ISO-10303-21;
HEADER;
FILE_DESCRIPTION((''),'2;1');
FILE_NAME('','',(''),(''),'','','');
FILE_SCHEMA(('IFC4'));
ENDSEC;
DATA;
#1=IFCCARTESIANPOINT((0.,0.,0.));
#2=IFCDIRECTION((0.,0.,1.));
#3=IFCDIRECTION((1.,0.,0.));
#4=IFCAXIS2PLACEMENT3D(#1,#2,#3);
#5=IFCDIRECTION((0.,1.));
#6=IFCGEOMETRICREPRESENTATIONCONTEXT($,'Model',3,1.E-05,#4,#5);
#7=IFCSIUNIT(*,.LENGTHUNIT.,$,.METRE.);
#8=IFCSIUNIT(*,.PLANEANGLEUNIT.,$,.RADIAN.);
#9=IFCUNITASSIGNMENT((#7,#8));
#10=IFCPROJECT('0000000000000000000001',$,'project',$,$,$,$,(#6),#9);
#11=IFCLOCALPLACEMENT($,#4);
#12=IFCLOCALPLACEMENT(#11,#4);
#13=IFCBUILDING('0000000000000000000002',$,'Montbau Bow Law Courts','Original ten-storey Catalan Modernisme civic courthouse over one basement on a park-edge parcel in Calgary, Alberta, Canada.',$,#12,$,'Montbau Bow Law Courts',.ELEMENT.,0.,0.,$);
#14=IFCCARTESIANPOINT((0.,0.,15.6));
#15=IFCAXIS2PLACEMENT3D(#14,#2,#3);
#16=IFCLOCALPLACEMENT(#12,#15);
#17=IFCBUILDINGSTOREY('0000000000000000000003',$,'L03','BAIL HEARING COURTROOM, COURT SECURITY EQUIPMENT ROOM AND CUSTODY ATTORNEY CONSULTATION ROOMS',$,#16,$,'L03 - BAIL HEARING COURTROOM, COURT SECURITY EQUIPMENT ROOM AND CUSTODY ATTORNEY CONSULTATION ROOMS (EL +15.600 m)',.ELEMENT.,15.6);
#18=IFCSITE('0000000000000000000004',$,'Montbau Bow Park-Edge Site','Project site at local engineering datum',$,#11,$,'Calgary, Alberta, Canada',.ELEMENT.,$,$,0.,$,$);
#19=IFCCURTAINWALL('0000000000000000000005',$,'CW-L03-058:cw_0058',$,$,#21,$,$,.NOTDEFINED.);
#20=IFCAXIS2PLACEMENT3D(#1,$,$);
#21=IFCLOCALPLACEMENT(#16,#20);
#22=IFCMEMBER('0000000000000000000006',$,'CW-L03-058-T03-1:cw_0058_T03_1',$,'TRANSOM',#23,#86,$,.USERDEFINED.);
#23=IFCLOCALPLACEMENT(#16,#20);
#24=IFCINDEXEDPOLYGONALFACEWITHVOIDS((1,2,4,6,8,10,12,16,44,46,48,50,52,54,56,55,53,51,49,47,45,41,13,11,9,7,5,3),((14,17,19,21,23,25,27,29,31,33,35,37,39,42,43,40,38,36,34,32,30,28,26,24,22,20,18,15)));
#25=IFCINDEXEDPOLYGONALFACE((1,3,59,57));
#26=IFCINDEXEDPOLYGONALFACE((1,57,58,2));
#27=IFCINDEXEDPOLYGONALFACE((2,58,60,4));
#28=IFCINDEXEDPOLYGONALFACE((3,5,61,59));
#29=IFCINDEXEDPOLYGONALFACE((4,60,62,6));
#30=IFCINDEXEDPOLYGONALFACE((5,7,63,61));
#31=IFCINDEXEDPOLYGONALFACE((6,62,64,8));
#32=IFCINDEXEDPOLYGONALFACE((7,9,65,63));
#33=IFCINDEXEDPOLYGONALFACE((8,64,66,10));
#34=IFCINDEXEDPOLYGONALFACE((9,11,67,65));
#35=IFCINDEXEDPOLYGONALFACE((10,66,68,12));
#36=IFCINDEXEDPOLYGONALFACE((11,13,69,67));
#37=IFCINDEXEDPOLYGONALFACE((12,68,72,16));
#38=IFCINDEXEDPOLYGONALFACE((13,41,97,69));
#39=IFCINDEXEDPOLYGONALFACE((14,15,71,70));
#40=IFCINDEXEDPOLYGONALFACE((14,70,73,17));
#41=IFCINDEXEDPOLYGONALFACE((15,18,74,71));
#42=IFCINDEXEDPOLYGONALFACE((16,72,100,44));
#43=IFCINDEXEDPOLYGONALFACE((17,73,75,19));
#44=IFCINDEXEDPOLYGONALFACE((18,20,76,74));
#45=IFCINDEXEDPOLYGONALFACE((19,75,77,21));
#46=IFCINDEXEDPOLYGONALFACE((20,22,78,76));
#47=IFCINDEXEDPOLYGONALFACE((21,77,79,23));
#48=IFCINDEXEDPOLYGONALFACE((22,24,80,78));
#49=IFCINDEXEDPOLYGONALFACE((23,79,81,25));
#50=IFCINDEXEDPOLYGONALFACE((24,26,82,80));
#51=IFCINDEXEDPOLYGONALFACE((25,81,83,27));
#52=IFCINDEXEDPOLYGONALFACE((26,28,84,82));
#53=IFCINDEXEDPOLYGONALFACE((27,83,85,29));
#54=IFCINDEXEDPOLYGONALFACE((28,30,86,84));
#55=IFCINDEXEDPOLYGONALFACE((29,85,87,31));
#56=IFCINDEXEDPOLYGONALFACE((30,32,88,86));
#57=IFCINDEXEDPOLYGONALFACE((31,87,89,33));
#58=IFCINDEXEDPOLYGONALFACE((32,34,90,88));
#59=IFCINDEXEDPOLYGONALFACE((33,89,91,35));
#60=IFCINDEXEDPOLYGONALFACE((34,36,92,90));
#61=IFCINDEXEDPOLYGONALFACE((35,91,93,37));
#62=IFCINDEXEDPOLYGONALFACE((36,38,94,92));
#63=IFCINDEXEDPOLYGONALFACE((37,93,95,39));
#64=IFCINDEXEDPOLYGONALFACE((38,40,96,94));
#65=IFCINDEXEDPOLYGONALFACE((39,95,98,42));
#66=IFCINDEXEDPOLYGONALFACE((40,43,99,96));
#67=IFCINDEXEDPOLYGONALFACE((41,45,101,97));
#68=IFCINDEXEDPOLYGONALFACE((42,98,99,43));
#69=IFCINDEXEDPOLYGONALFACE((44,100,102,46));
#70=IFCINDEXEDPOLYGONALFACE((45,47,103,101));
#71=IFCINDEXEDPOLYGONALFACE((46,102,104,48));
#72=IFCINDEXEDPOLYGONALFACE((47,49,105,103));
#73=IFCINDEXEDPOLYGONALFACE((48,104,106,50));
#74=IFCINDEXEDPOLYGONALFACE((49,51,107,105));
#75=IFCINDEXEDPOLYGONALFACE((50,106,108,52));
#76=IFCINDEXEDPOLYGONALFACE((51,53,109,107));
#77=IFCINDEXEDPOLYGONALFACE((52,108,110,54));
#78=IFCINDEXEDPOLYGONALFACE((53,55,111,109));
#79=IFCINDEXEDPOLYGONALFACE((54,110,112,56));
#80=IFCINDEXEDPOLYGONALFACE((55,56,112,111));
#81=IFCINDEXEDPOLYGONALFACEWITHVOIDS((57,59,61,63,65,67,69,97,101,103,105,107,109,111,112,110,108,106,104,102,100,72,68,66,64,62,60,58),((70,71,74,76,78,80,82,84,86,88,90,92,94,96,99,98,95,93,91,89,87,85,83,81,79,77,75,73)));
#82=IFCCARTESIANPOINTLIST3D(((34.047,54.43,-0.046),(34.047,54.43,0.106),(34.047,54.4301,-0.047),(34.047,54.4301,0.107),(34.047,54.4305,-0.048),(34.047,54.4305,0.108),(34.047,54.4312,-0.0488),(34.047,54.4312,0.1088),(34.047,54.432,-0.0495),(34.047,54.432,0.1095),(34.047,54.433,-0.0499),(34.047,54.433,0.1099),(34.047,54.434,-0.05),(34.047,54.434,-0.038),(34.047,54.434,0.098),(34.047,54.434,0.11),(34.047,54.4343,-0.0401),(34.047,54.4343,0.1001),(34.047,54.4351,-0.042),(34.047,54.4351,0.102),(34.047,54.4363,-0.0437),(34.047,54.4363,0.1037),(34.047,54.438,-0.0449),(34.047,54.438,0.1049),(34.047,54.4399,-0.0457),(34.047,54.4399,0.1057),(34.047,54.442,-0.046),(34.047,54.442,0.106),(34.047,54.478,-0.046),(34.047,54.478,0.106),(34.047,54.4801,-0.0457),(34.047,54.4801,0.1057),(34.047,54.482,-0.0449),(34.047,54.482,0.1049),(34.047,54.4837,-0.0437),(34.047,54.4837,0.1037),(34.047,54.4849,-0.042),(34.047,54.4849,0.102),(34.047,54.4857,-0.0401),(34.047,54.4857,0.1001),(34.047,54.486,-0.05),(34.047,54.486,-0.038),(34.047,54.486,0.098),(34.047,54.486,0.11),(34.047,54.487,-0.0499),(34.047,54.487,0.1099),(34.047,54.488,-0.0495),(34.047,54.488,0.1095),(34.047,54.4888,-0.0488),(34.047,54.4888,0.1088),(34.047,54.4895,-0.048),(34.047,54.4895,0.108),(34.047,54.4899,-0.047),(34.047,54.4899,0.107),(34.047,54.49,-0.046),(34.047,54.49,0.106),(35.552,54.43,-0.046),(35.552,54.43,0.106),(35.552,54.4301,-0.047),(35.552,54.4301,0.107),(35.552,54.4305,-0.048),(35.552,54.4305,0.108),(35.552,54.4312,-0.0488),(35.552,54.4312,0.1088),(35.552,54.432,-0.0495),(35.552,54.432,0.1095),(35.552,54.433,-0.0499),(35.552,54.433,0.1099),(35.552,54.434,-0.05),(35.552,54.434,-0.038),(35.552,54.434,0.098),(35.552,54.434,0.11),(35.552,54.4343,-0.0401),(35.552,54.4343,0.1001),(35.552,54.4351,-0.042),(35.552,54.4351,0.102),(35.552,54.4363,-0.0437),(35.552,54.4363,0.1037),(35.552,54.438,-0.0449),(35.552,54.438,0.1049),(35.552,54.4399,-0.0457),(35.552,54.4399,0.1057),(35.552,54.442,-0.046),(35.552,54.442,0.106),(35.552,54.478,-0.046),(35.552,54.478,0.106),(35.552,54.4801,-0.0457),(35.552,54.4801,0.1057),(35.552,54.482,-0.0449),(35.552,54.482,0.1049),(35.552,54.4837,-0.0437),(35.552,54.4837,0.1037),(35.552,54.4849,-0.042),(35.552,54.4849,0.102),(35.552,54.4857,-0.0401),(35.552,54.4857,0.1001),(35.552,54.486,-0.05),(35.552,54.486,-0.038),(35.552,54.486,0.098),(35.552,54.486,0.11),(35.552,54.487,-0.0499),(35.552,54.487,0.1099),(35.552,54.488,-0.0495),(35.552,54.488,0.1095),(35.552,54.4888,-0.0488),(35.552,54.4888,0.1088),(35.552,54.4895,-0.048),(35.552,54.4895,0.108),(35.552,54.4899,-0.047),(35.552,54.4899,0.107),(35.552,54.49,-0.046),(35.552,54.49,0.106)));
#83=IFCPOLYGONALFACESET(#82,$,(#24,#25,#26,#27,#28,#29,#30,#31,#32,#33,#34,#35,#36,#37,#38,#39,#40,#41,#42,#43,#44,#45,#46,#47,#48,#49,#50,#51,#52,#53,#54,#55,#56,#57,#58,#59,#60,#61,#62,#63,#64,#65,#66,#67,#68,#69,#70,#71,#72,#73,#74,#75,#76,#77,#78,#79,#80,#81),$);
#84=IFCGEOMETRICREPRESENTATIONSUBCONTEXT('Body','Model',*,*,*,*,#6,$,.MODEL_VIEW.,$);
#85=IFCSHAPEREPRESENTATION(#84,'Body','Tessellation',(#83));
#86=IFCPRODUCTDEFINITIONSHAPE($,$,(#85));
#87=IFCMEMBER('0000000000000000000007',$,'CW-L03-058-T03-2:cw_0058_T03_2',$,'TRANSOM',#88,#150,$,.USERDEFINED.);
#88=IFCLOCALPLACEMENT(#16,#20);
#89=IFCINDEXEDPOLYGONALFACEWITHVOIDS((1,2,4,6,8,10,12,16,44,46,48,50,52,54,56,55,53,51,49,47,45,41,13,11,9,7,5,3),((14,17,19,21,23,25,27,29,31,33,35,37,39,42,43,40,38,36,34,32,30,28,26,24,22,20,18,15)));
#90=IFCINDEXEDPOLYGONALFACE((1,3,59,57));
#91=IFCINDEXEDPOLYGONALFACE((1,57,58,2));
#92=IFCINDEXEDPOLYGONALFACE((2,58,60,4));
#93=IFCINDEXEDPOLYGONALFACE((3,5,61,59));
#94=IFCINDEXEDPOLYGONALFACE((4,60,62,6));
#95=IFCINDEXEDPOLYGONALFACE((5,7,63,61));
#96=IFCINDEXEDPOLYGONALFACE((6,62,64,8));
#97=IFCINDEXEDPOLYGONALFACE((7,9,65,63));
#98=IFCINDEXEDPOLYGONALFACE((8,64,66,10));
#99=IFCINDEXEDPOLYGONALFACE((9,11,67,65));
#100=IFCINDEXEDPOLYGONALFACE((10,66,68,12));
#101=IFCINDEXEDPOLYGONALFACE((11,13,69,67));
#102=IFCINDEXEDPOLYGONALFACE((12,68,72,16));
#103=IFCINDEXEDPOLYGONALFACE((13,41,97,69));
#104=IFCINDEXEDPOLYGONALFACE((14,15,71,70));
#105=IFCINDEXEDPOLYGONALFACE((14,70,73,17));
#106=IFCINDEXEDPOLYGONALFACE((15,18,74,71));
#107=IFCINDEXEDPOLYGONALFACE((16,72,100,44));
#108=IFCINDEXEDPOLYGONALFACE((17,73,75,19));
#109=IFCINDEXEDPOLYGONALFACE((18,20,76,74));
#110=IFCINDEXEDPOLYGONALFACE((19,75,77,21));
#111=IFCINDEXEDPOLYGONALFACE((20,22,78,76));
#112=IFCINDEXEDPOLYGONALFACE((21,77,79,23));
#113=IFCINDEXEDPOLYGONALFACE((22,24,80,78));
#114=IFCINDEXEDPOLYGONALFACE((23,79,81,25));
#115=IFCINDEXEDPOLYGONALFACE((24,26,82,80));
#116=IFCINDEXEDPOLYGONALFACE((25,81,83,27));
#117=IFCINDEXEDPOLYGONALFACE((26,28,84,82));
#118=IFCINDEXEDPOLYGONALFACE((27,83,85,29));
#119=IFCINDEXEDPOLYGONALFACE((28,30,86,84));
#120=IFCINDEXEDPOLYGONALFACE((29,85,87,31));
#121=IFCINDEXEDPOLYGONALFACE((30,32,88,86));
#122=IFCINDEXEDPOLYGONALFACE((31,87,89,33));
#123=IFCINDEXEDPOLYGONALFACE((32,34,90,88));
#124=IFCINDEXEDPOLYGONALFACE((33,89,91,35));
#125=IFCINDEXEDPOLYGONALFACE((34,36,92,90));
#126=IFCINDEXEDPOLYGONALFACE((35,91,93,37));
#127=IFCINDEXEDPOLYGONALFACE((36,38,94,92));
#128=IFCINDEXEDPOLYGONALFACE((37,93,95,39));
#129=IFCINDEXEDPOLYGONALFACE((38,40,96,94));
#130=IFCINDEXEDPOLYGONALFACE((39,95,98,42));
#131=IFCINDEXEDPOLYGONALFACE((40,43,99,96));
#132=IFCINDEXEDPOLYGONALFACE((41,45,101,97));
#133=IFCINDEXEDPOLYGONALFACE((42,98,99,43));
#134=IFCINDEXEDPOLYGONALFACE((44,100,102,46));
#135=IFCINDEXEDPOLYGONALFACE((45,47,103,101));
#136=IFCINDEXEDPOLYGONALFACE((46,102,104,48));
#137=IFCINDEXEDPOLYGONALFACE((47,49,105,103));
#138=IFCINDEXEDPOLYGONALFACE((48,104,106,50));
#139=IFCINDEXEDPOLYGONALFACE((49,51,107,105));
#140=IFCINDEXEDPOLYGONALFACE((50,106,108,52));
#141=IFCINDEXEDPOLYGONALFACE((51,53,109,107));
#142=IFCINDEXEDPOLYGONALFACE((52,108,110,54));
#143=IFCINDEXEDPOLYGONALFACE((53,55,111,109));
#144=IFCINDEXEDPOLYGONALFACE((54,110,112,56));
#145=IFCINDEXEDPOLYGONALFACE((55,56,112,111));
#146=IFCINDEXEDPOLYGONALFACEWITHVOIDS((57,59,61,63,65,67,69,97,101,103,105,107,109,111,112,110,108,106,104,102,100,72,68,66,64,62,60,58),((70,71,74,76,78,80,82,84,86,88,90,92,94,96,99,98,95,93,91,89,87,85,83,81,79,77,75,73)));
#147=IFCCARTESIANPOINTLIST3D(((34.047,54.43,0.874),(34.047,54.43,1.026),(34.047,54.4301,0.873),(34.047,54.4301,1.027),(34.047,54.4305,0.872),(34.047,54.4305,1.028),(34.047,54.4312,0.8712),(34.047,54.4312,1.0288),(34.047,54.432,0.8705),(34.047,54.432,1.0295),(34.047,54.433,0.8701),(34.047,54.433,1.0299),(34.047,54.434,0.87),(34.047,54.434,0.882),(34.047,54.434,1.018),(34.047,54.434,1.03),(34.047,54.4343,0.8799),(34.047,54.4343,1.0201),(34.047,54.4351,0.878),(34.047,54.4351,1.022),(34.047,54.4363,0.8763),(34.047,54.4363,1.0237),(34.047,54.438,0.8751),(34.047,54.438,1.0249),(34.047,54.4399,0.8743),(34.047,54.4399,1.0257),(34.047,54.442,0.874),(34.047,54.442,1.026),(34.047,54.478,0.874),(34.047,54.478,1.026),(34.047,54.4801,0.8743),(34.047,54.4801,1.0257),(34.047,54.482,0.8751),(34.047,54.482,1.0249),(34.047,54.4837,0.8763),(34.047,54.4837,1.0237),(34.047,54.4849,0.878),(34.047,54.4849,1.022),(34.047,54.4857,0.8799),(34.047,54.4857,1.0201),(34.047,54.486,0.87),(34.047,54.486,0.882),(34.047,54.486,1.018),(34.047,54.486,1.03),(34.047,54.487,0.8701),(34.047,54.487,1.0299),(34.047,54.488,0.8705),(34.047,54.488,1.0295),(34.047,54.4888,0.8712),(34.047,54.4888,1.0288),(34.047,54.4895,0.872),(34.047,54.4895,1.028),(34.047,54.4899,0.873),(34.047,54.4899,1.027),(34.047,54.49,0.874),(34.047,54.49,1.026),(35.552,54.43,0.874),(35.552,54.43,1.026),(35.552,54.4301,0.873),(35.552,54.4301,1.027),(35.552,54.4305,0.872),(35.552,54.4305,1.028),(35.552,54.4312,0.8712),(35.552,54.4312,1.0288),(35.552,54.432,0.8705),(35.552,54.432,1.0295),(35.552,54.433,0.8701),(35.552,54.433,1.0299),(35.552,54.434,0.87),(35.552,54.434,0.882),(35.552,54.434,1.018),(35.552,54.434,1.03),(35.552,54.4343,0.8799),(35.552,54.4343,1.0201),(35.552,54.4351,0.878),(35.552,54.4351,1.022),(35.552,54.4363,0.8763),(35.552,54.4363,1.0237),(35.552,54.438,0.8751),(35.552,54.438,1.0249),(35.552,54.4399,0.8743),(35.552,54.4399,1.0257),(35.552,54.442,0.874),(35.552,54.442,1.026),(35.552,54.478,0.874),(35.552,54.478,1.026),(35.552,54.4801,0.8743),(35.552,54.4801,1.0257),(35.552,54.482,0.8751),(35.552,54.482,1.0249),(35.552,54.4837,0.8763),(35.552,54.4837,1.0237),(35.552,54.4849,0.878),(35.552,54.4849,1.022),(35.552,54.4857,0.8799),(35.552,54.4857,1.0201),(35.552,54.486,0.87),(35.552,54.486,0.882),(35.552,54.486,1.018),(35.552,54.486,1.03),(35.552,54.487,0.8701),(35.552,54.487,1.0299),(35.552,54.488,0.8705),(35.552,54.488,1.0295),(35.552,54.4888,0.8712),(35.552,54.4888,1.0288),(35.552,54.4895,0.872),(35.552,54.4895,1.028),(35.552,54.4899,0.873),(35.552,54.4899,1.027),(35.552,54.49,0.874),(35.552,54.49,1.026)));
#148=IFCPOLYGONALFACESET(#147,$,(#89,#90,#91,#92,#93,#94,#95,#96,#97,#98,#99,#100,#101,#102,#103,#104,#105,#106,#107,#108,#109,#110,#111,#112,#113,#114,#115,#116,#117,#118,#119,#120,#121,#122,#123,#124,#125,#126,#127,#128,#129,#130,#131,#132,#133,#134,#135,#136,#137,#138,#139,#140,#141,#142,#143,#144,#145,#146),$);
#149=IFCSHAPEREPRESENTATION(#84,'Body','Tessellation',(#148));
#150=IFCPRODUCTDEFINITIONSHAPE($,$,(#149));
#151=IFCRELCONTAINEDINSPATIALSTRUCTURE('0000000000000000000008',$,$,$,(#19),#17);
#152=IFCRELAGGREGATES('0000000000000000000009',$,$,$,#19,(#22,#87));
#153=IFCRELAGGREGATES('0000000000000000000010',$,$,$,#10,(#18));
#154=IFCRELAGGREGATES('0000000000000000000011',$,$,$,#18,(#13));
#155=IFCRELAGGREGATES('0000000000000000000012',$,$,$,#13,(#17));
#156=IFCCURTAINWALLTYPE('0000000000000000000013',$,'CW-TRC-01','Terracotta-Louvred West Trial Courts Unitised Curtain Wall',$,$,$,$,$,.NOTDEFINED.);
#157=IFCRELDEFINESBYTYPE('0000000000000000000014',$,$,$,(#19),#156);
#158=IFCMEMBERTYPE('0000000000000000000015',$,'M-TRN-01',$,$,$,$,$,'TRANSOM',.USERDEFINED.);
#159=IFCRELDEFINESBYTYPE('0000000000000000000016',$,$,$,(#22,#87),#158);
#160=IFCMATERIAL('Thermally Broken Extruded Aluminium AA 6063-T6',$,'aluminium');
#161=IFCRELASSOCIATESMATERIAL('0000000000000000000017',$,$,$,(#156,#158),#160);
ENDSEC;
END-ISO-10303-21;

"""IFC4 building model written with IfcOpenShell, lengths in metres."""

from ifc_helpers import new_model, si_unit, direction, frame, origin_with_axes, origin_2d_with_axis, place, context, subcontext, project, spatial, hollow_rectangle, extrude, material, material_profile, profile_set, type_object, element, aggregate, save


model = new_model("IFC4")

# Units and contexts
model_context = context("Model", 3, precision=1e-05, world=origin_with_axes(), true_north=direction((0.0, 1.0)))
body_context = subcontext(model_context, "Body", "Model", "MODEL_VIEW")
ifc_project = project(units=[si_unit("LENGTHUNIT", "METRE"), si_unit("PLANEANGLEUNIT", "RADIAN")], contexts=[model_context])

# Site, building, storey
site_placement = place(None, origin_with_axes())
site = spatial("IfcSite", under=ifc_project, at=site_placement, Name="Montbau Bow Park-Edge Site", Description="Project site at local engineering datum", LongName="Calgary, Alberta, Canada", CompositionType="ELEMENT", RefElevation=0.0)
building_placement = place(site_placement, origin_with_axes())
building = spatial("IfcBuilding", under=site, at=building_placement, Name="Montbau Bow Law Courts", Description="Original ten-storey Catalan Modernisme civic courthouse over one basement on a park-edge parcel in Calgary, Alberta, Canada.", LongName="Montbau Bow Law Courts", CompositionType="ELEMENT", ElevationOfRefHeight=0.0, ElevationOfTerrain=0.0)
storey_placement = place(building_placement, frame((0.0, 0.0, 15.6), z_axis=(0.0, 0.0, 1.0), x_axis=(1.0, 0.0, 0.0)))
storey = spatial("IfcBuildingStorey", under=building, at=storey_placement, Name="L03", Description="BAIL HEARING COURTROOM, COURT SECURITY EQUIPMENT ROOM AND CUSTODY ATTORNEY CONSULTATION ROOMS", LongName="L03 - BAIL HEARING COURTROOM, COURT SECURITY EQUIPMENT ROOM AND CUSTODY ATTORNEY CONSULTATION ROOMS (EL +15.600 m)", CompositionType="ELEMENT", Elevation=15.6)

# Curtain wall, members
ifc_material_1 = material(Name="Thermally Broken Extruded Aluminium AA 6063-T6", Category="aluminium")
curtain_wall_type = type_object("IfcCurtainWallType", Name="CW-TRC-01", Description="Terracotta-Louvred West Trial Courts Unitised Curtain Wall", PredefinedType="NOTDEFINED", material=ifc_material_1)
curtain_wall_placement = place(None, frame((30.867, 54.46, 15.6), z_axis=(0.0, 0.0, 1.0), x_axis=(1.0, 0.0, 0.0)))
curtain_wall = element("IfcCurtainWall", 1, at=curtain_wall_placement, inside=storey, type_object=curtain_wall_type, Name="CW-L03-058:cw_0058", PredefinedType="NOTDEFINED")
ifc_material_profile_1 = material_profile(ifc_material_1, hollow_rectangle(XDim=0.06, YDim=0.16, WallThickness=0.004, InnerFilletRadius=0.008, OuterFilletRadius=0.004, at=origin_2d_with_axis()), Name="CWT-160X60", Category="Main", Priority=0)
ifc_profile_set_1 = profile_set([ifc_material_profile_1], Name="Thermally Broken Extruded Aluminium AA 6063-T6")
member_type_1 = type_object("IfcMemberType", Name="M-TRN-01", ElementType="TRANSOM", PredefinedType="USERDEFINED", material=ifc_profile_set_1)
member_1_placement = place(None, frame((34.047, 54.46, 15.63), z_axis=(1.0, 0.0, 0.0), x_axis=(0.0, 1.0, 0.0)))
member_1 = element("IfcMember", 2, at=member_1_placement, type_object=member_type_1, Name="CW-L03-058-T03-1:cw_0058_T03_1", ObjectType="TRANSOM", PredefinedType="USERDEFINED", context=body_context, shape_type="SweptSolid", body=[
    extrude(hollow_rectangle(XDim=0.06, YDim=0.16, WallThickness=0.004, InnerFilletRadius=0.008, OuterFilletRadius=0.004, at=origin_2d_with_axis()), origin_with_axes(), (0.0, 0.0, 1.0), 1.505),
])
member_2_placement = place(None, frame((34.047, 54.46, 16.55), z_axis=(1.0, 0.0, 0.0), x_axis=(0.0, 1.0, 0.0)))
member_2 = element("IfcMember", 3, at=member_2_placement, type_object=member_type_1, Name="CW-L03-058-T03-2:cw_0058_T03_2", ObjectType="TRANSOM", PredefinedType="USERDEFINED", context=body_context, shape_type="SweptSolid", body=[
    extrude(hollow_rectangle(XDim=0.06, YDim=0.16, WallThickness=0.004, InnerFilletRadius=0.008, OuterFilletRadius=0.004, at=origin_2d_with_axis()), origin_with_axes(), (0.0, 0.0, 1.0), 1.505),
])
aggregate(curtain_wall, [member_1, member_2])

save(model, "model.ifc")
